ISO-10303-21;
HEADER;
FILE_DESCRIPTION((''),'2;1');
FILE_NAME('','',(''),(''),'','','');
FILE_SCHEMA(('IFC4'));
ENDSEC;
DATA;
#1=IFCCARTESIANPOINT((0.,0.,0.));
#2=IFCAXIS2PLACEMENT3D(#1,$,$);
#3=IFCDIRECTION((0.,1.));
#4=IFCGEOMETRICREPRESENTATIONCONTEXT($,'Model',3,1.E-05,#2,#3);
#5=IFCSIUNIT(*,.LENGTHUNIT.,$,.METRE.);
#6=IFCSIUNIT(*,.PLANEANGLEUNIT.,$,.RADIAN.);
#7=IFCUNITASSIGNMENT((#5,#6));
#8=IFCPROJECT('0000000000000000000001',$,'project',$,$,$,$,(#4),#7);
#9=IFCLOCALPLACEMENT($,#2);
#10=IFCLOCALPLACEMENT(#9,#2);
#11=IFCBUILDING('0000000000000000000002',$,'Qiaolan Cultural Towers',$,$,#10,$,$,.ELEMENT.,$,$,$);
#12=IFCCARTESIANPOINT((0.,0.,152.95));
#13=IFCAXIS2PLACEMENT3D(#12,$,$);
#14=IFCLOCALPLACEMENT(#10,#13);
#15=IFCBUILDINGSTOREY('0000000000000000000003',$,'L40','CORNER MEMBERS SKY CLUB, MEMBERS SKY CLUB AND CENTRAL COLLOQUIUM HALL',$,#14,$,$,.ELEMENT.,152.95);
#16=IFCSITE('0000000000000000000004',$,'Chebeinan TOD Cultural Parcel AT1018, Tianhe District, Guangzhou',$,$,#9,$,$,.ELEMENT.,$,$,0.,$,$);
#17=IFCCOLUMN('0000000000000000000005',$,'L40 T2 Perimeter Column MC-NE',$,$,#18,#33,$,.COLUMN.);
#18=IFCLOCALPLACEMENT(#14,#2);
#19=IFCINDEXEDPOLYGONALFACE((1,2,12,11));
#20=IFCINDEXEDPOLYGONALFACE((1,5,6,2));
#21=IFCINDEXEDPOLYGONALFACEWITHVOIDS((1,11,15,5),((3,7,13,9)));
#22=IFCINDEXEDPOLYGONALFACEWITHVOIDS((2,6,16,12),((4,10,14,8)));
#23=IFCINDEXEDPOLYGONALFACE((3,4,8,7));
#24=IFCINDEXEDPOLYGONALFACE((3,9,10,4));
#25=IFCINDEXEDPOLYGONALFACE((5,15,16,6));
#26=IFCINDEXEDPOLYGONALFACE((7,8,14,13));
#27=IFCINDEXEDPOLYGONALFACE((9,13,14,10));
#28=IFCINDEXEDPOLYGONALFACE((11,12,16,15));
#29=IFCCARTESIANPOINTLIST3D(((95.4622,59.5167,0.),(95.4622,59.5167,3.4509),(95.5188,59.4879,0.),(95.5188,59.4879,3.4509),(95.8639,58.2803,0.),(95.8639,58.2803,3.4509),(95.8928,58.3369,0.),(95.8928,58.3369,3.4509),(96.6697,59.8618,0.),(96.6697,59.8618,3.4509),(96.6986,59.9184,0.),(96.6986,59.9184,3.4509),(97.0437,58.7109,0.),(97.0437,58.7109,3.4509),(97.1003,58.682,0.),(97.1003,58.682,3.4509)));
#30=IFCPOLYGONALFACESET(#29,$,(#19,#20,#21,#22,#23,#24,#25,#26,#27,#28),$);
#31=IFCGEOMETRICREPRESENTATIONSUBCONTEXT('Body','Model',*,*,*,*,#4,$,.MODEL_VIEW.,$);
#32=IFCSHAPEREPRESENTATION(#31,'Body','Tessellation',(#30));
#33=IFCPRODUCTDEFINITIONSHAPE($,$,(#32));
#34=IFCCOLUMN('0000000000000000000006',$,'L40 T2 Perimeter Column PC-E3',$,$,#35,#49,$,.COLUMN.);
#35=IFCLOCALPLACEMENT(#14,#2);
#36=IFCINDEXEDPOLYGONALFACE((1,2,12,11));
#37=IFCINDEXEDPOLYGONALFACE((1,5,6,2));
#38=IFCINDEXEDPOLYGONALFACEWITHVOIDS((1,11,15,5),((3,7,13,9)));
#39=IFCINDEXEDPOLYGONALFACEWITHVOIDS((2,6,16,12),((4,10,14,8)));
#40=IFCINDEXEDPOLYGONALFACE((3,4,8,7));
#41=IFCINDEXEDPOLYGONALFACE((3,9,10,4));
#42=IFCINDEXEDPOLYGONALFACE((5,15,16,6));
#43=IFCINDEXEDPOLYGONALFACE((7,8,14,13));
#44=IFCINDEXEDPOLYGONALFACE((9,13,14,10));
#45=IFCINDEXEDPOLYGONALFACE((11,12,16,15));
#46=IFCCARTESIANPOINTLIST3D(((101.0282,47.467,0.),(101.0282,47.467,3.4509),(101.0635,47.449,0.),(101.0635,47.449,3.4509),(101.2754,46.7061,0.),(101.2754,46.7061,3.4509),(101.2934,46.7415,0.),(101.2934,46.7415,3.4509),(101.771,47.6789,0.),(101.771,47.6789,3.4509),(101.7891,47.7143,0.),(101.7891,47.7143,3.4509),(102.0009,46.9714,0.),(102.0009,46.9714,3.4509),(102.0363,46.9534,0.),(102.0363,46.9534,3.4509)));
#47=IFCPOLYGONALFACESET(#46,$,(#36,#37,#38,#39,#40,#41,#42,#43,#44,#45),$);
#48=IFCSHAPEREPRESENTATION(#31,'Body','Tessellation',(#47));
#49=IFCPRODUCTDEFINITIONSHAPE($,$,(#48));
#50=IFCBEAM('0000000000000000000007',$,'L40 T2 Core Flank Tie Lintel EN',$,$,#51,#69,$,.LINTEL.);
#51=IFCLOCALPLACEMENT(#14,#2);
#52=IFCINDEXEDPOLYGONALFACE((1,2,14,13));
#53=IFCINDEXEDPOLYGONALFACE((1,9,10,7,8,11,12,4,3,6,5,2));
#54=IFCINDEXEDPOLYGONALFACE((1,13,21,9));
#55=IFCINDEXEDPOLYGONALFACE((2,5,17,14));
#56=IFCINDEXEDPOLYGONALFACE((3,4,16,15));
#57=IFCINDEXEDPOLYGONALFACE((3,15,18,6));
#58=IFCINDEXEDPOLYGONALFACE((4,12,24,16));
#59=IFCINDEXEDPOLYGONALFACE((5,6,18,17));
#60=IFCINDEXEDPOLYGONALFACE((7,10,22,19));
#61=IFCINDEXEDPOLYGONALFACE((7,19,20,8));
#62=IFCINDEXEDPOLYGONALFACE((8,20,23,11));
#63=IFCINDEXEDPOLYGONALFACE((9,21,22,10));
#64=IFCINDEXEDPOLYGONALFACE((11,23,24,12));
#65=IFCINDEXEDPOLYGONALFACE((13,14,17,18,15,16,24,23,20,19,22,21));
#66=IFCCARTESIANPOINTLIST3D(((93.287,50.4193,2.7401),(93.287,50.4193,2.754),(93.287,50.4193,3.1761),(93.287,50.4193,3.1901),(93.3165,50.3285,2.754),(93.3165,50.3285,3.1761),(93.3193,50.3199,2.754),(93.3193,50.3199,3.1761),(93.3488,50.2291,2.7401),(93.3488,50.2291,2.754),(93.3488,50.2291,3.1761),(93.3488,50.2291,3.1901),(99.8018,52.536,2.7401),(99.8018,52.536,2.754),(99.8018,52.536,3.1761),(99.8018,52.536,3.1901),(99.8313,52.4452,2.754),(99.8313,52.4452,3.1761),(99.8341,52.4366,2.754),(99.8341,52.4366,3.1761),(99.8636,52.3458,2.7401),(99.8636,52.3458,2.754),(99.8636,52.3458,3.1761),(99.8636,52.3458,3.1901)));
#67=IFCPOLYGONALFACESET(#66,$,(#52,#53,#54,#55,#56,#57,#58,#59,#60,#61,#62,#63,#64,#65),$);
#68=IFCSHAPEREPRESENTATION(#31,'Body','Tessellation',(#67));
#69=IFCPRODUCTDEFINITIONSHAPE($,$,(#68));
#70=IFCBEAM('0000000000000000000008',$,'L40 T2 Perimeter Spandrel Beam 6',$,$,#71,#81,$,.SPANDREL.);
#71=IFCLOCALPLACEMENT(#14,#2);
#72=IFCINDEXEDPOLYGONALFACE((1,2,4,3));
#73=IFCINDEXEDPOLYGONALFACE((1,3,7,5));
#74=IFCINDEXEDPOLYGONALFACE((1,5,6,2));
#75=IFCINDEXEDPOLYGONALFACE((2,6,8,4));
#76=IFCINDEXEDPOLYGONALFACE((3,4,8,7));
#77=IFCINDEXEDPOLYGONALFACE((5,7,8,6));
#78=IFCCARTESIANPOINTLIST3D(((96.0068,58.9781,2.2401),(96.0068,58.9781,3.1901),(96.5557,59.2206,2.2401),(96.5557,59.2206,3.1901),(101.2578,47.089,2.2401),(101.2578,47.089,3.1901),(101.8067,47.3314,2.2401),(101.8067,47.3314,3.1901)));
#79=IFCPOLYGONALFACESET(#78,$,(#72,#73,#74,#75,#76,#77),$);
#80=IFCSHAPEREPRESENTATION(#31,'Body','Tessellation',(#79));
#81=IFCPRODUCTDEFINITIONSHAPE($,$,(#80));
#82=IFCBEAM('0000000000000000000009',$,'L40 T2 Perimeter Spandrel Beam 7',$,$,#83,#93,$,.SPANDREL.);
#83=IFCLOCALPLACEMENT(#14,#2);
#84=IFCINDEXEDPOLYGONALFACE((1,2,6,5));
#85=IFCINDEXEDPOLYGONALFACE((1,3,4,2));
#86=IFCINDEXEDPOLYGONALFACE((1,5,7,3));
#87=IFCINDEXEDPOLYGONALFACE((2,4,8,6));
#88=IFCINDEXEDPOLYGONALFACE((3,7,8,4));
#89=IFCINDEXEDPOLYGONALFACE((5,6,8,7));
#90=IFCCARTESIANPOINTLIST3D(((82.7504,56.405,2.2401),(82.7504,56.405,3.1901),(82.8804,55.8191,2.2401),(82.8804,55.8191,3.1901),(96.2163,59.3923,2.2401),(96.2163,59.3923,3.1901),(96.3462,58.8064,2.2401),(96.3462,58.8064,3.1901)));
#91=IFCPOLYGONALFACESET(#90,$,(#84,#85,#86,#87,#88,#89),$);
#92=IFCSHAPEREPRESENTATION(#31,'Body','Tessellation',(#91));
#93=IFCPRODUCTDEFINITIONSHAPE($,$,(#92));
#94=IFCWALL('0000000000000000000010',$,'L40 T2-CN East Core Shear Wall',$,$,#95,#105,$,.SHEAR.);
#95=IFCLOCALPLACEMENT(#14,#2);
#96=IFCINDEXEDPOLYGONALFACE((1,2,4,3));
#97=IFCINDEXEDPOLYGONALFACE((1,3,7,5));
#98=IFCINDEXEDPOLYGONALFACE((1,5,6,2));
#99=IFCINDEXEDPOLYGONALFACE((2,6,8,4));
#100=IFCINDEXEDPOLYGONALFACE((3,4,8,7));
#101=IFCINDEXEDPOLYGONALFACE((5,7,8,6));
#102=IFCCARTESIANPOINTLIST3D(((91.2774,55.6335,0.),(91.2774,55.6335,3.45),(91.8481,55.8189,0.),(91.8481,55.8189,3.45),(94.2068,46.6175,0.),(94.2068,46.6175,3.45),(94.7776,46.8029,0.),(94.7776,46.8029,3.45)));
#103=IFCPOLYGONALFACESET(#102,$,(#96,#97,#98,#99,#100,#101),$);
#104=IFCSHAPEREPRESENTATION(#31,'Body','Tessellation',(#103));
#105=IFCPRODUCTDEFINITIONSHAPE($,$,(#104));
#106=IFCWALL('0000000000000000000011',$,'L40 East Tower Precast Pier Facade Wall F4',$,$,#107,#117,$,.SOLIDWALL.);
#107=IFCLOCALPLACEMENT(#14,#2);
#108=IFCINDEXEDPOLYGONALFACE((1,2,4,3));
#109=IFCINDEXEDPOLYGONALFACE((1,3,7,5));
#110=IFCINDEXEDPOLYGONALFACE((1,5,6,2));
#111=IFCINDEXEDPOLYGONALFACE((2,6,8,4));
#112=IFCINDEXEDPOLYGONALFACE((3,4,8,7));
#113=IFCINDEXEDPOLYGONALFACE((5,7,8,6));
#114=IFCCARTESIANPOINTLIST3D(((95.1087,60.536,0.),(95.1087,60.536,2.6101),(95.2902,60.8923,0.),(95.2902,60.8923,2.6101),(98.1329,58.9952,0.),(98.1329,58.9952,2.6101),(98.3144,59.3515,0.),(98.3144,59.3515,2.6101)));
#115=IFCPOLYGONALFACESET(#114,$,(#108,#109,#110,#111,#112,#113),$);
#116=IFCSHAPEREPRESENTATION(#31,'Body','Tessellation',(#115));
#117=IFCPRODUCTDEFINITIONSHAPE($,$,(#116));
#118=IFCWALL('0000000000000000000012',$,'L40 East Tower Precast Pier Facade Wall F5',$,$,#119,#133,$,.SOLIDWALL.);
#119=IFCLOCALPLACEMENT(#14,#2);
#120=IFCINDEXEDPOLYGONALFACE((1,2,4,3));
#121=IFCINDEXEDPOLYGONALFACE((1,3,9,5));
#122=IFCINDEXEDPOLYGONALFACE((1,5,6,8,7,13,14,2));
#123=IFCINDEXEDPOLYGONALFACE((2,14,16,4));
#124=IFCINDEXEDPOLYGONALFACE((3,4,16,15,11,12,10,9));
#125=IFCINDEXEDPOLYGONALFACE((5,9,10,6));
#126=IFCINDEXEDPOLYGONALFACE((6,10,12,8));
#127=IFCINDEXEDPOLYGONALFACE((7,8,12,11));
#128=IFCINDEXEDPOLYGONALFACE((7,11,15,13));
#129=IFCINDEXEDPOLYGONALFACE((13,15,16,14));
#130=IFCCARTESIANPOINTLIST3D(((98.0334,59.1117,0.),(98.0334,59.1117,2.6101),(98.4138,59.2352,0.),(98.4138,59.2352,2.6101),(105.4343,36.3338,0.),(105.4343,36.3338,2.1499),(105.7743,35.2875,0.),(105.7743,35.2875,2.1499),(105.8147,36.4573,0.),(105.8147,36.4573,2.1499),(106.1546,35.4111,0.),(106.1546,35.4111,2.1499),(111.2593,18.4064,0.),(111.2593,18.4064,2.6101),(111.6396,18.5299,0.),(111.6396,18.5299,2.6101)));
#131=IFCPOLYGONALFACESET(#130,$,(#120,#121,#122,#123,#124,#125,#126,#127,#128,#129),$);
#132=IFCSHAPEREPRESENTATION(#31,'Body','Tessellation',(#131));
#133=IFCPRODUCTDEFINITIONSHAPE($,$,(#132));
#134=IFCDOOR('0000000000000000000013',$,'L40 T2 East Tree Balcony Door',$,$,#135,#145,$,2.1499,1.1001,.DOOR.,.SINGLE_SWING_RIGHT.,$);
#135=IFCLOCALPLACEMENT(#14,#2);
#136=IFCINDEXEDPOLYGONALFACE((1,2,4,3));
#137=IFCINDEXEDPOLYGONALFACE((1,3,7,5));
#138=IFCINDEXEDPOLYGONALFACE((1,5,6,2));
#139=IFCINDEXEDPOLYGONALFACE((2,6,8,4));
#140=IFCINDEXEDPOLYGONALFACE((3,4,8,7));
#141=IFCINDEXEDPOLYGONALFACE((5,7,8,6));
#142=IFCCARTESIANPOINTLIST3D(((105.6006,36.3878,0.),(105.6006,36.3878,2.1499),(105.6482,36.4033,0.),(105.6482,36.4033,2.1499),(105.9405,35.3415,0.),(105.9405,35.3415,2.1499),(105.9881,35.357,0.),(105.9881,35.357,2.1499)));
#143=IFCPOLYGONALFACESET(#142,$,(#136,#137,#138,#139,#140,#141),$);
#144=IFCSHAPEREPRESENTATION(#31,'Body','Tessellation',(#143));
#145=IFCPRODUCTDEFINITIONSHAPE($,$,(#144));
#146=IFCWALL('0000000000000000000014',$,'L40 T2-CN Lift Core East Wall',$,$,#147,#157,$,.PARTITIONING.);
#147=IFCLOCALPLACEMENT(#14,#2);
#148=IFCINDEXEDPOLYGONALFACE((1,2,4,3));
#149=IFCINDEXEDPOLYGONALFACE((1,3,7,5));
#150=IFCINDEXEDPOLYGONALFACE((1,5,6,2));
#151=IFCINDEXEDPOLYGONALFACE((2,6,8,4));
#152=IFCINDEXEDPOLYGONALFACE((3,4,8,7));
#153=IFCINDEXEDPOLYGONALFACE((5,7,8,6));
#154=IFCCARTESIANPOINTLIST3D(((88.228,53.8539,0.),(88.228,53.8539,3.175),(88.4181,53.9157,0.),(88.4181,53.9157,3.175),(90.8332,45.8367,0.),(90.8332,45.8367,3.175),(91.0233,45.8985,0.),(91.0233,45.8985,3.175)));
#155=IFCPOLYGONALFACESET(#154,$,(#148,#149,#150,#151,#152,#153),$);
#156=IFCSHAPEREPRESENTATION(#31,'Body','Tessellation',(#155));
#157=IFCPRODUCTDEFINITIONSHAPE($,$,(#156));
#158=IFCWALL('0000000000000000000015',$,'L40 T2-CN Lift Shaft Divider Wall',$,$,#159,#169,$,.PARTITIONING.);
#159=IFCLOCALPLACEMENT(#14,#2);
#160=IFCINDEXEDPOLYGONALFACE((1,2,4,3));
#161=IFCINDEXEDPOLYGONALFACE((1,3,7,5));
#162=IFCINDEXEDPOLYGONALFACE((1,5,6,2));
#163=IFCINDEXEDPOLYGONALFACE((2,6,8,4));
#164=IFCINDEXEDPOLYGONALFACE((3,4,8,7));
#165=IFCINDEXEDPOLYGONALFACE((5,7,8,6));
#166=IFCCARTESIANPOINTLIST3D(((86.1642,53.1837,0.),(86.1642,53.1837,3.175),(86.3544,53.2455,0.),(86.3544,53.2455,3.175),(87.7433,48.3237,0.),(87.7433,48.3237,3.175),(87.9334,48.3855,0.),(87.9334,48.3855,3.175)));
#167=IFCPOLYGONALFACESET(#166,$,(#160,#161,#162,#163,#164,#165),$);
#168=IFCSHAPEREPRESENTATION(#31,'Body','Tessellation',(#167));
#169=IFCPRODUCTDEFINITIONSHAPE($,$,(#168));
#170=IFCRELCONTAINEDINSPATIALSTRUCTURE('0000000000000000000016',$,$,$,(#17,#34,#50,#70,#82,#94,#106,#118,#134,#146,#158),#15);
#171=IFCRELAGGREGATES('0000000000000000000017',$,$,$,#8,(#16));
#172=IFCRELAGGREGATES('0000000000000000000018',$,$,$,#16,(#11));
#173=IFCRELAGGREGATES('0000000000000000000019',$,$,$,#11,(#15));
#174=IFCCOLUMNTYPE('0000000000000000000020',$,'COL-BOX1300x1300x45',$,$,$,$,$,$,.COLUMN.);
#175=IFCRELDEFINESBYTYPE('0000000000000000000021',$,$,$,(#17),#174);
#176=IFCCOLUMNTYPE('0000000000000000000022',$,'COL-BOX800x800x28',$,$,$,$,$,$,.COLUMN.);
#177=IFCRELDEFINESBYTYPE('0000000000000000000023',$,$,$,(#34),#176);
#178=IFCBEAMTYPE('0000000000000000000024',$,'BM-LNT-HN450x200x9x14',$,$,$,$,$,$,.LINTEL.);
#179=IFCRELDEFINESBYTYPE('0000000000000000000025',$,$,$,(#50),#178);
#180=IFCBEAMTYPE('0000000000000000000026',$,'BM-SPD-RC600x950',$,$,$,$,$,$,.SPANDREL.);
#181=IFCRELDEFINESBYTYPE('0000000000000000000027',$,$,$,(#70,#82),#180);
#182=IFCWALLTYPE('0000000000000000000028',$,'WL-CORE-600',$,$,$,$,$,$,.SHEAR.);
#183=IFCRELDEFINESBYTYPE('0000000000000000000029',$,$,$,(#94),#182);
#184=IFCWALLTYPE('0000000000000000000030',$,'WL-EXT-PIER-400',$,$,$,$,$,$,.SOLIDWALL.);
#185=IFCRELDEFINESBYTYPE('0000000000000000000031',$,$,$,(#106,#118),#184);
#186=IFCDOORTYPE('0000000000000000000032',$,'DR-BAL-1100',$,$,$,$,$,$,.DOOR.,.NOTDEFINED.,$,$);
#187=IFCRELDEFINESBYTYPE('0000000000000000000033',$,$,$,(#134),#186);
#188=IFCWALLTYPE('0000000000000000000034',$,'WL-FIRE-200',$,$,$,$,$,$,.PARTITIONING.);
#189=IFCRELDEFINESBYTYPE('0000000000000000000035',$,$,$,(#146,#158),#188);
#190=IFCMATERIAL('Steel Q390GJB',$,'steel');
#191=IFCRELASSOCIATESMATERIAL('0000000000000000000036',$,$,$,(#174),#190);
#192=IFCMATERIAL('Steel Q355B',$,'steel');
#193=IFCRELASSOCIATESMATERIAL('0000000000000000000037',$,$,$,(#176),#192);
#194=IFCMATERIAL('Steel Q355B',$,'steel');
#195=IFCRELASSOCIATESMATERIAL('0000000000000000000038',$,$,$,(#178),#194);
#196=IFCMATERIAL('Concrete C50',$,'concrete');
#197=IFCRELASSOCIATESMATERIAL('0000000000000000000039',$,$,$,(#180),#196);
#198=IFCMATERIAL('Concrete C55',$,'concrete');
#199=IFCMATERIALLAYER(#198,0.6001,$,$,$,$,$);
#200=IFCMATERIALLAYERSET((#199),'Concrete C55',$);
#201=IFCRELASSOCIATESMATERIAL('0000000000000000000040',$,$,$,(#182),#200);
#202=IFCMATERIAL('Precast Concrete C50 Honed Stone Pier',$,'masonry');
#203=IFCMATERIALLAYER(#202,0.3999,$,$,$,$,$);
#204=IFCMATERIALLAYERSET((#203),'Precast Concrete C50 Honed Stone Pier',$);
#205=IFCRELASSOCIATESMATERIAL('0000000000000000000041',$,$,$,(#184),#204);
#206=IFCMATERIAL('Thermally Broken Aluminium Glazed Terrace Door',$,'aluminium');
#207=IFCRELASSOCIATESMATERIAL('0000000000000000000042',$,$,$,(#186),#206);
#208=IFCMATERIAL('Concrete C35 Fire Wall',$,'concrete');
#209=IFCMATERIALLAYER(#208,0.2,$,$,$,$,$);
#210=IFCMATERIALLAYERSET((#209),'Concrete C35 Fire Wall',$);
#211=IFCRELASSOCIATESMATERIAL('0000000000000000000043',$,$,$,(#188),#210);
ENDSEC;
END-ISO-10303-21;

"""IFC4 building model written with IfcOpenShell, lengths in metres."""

from ifc_helpers import new_model, si_unit, direction, frame, frame_2d, origin, origin_2d, place, context, subcontext, project, spatial, rectangle, hollow_rectangle, i_section, extrude, material, layer, layer_set, material_profile, profile_set, type_object, element, fill, save


model = new_model("IFC4")

# Units and contexts
model_context = context("Model", 3, precision=1e-05, world=origin(), true_north=direction((0.0, 1.0)))
body_context = subcontext(model_context, "Body", "Model", "MODEL_VIEW")
ifc_project = project(units=[si_unit("LENGTHUNIT", "METRE"), si_unit("PLANEANGLEUNIT", "RADIAN")], contexts=[model_context])

# Site, building, storey
site_placement = place(None, origin())
site = spatial("IfcSite", under=ifc_project, at=site_placement, Name="Chebeinan TOD Cultural Parcel AT1018, Tianhe District, Guangzhou", CompositionType="ELEMENT", RefElevation=0.0)
building_placement = place(site_placement, origin())
building = spatial("IfcBuilding", under=site, at=building_placement, Name="Qiaolan Cultural Towers", CompositionType="ELEMENT")
storey_placement = place(building_placement, frame((0.0, 0.0, 152.95)))
storey = spatial("IfcBuildingStorey", under=building, at=storey_placement, Name="L40", Description="CORNER MEMBERS SKY CLUB, MEMBERS SKY CLUB AND CENTRAL COLLOQUIUM HALL", CompositionType="ELEMENT", Elevation=152.95)

# Columns
ifc_material_1 = material(Name="Steel Q390GJB", Category="steel")
ifc_material_profile_1 = material_profile(ifc_material_1, hollow_rectangle(XDim=1.3, YDim=1.3, WallThickness=0.0449, at=origin_2d()), Name="BOX1300x1300x45")
ifc_profile_set_1 = profile_set([ifc_material_profile_1], Name="Steel Q390GJB")
column_type_1 = type_object("IfcColumnType", Name="COL-BOX1300x1300x45", PredefinedType="COLUMN", material=ifc_profile_set_1)
column_1_placement = place(storey_placement, frame((96.2812, 59.0994, 0.0), z_axis=(0.0, 0.0, 1.0), x_axis=(0.951057, 0.309017, 0.0)))
element("IfcColumn", 1, at=column_1_placement, inside=storey, type_object=column_type_1, Name="L40 T2 Perimeter Column MC-NE", PredefinedType="COLUMN", context=body_context, shape_type="SweptSolid", body=[
    extrude(hollow_rectangle(XDim=1.3, YDim=1.3, WallThickness=0.0449, at=origin_2d()), origin(), (0.0, 0.0, 1.0), 3.4509),
])
ifc_material_2 = material(Name="Steel Q355B", Category="steel")
ifc_material_profile_2 = material_profile(ifc_material_2, hollow_rectangle(XDim=0.8, YDim=0.8, WallThickness=0.0281, at=origin_2d()), Name="BOX800x800x28")
ifc_profile_set_2 = profile_set([ifc_material_profile_2], Name="Steel Q355B")
column_type_2 = type_object("IfcColumnType", Name="COL-BOX800x800x28", PredefinedType="COLUMN", material=ifc_profile_set_2)
column_2_placement = place(storey_placement, frame((101.5322, 47.2102, 0.0), z_axis=(0.0, 0.0, 1.0), x_axis=(0.951057, 0.309017, 0.0)))
element("IfcColumn", 2, at=column_2_placement, inside=storey, type_object=column_type_2, Name="L40 T2 Perimeter Column PC-E3", PredefinedType="COLUMN", context=body_context, shape_type="SweptSolid", body=[
    extrude(hollow_rectangle(XDim=0.8, YDim=0.8, WallThickness=0.0281, at=origin_2d()), origin(), (0.0, 0.0, 1.0), 3.4509),
])

# Beams
ifc_material_3 = material(Name="Steel Q355B", Category="steel")
ifc_material_profile_3 = material_profile(ifc_material_3, i_section(OverallWidth=0.2, OverallDepth=0.45, WebThickness=0.009, FlangeThickness=0.0139, at=origin_2d()), Name="HN450x200x9x14")
ifc_profile_set_3 = profile_set([ifc_material_profile_3], Name="Steel Q355B")
beam_type_1 = type_object("IfcBeamType", Name="BM-LNT-HN450x200x9x14", PredefinedType="LINTEL", material=ifc_profile_set_3)
beam_1_placement = place(storey_placement, frame((93.3179, 50.3242, 2.9651), z_axis=(0.951062, 0.309001, 0.0), x_axis=(-0.309001, 0.951062, 0.0)))
element("IfcBeam", 3, at=beam_1_placement, inside=storey, type_object=beam_type_1, Name="L40 T2 Core Flank Tie Lintel EN", PredefinedType="LINTEL", context=body_context, shape_type="SweptSolid", body=[
    extrude(i_section(OverallWidth=0.2, OverallDepth=0.45, WebThickness=0.009, FlangeThickness=0.0139, at=origin_2d()), origin(), (0.0, 0.0, 1.0), 6.8501),
])
ifc_material_4 = material(Name="Concrete C50", Category="concrete")
ifc_material_profile_4 = material_profile(ifc_material_4, rectangle(XDim=0.6001, YDim=0.95, at=origin_2d()), Name="RC600x950")
ifc_profile_set_4 = profile_set([ifc_material_profile_4], Name="Concrete C50")
beam_type_2 = type_object("IfcBeamType", Name="BM-SPD-RC600x950", PredefinedType="SPANDREL", material=ifc_profile_set_4)
beam_2_placement = place(storey_placement, frame((101.5322, 47.2102, 2.7151), z_axis=(-0.404011, 0.914754, 0.0), x_axis=(-0.914754, -0.404011, 0.0)))
element("IfcBeam", 4, at=beam_2_placement, inside=storey, type_object=beam_type_2, Name="L40 T2 Perimeter Spandrel Beam 6", PredefinedType="SPANDREL", context=body_context, shape_type="SweptSolid", body=[
    extrude(rectangle(XDim=0.6001, YDim=0.95, at=origin_2d()), origin(), (0.0, 0.0, 1.0), 12.9971),
])
beam_3_placement = place(storey_placement, frame((96.2812, 59.0994, 2.7151), z_axis=(-0.976265, -0.216578, 0.0), x_axis=(0.216578, -0.976265, 0.0)))
element("IfcBeam", 5, at=beam_3_placement, inside=storey, type_object=beam_type_2, Name="L40 T2 Perimeter Spandrel Beam 7", PredefinedType="SPANDREL", context=body_context, shape_type="SweptSolid", body=[
    extrude(rectangle(XDim=0.6001, YDim=0.95, at=origin_2d()), origin(), (0.0, 0.0, 1.0), 13.7932),
])

# Walls
ifc_material_5 = material(Name="Concrete C55", Category="concrete")
ifc_layer_1 = layer(ifc_material_5, 0.6001)
ifc_layer_set_1 = layer_set([ifc_layer_1], Name="Concrete C55")
wall_type_1 = type_object("IfcWallType", Name="WL-CORE-600", PredefinedType="SHEAR", material=ifc_layer_set_1)
wall_1_placement = place(storey_placement, frame((94.4922, 46.7102, 0.0), z_axis=(0.0, 0.0, 1.0), x_axis=(-0.30901, 0.951059, 0.0)))
element("IfcWall", 6, at=wall_1_placement, inside=storey, type_object=wall_type_1, Name="L40 T2-CN East Core Shear Wall", PredefinedType="SHEAR", context=body_context, shape_type="SweptSolid", body=[
    extrude(rectangle(XDim=9.48, YDim=0.6001, at=frame_2d((4.74, 0.0))), origin(), (0.0, 0.0, 1.0), 3.45),
])
ifc_material_6 = material(Name="Precast Concrete C50 Honed Stone Pier", Category="masonry")
ifc_layer_2 = layer(ifc_material_6, 0.3999)
ifc_layer_set_2 = layer_set([ifc_layer_2], Name="Precast Concrete C50 Honed Stone Pier")
wall_type_2 = type_object("IfcWallType", Name="WL-EXT-PIER-400", PredefinedType="SOLIDWALL", material=ifc_layer_set_2)
wall_2_placement = place(storey_placement, frame((95.1995, 60.7141, 0.0), z_axis=(0.0, 0.0, 1.0), x_axis=(0.891021, -0.453962, 0.0)))
element("IfcWall", 7, at=wall_2_placement, inside=storey, type_object=wall_type_2, Name="L40 East Tower Precast Pier Facade Wall F4", PredefinedType="SOLIDWALL", context=body_context, shape_type="SweptSolid", body=[
    extrude(rectangle(XDim=3.394, YDim=0.3999, at=frame_2d((1.697, 0.0))), origin(), (0.0, 0.0, 1.0), 2.6101),
])

# Wall, opening, door
wall_3_placement = place(storey_placement, frame((98.2236, 59.1733, 0.0), z_axis=(0.0, 0.0, 1.0), x_axis=(0.309014, -0.951057, 0.0)))
wall_3 = element("IfcWall", 8, at=wall_3_placement, inside=storey, type_object=wall_type_2, Name="L40 East Tower Precast Pier Facade Wall F5", PredefinedType="SOLIDWALL", context=body_context, shape_type="SweptSolid", body=[
    extrude(rectangle(XDim=42.8, YDim=0.3999, at=frame_2d((21.3999, 0.0))), origin(), (0.0, 0.0, 1.0), 2.6101),
])
opening_1_placement = place(wall_3_placement, frame((23.95, 0.0, 0.0)))
opening_1 = element("IfcOpeningElement", 9, at=opening_1_placement, cuts=wall_3, PredefinedType="OPENING", context=body_context, shape_type="SweptSolid", body=[
    extrude(rectangle(XDim=1.1001, YDim=2.1499, at=frame_2d((0.55, 1.075))), frame((0.0, 0.21, 0.0), z_axis=(0.0, -1.0, 0.0), x_axis=(1.0, 0.0, 0.0)), (0.0, 0.0, 1.0), 0.4199),
])
ifc_material_7 = material(Name="Thermally Broken Aluminium Glazed Terrace Door", Category="aluminium")
door_type_1 = type_object("IfcDoorType", Name="DR-BAL-1100", OperationType="NOTDEFINED", PredefinedType="DOOR", material=ifc_material_7)
door_1_placement = place(opening_1_placement, origin())
door_1 = element("IfcDoor", 10, at=door_1_placement, inside=storey, type_object=door_type_1, Name="L40 T2 East Tree Balcony Door", OperationType="SINGLE_SWING_RIGHT", OverallHeight=2.1499, OverallWidth=1.1001, PredefinedType="DOOR", context=body_context, shape_type="SweptSolid", body=[
    extrude(rectangle(XDim=1.1001, YDim=2.1499, at=frame_2d((0.55, 1.075))), frame((0.0, 0.0249, 0.0), z_axis=(0.0, -1.0, 0.0), x_axis=(1.0, 0.0, 0.0)), (0.0, 0.0, 1.0), 0.05),
])
fill(opening_1, door_1)

# Walls
ifc_material_8 = material(Name="Concrete C35 Fire Wall", Category="concrete")
ifc_layer_3 = layer(ifc_material_8, 0.2)
ifc_layer_set_3 = layer_set([ifc_layer_3], Name="Concrete C35 Fire Wall")
wall_type_3 = type_object("IfcWallType", Name="WL-FIRE-200", PredefinedType="PARTITIONING", material=ifc_layer_set_3)
wall_4_placement = place(storey_placement, frame((90.9282, 45.8677, 0.0), z_axis=(0.0, 0.0, 1.0), x_axis=(-0.309042, 0.951048, 0.0)))
element("IfcWall", 11, at=wall_4_placement, inside=storey, type_object=wall_type_3, Name="L40 T2-CN Lift Core East Wall", PredefinedType="PARTITIONING", context=body_context, shape_type="SweptSolid", body=[
    extrude(rectangle(XDim=8.4299, YDim=0.2, at=frame_2d((4.2148, 0.0))), origin(), (0.0, 0.0, 1.0), 3.175),
])
wall_5_placement = place(storey_placement, frame((87.8384, 48.3545, 0.0), z_axis=(0.0, 0.0, 1.0), x_axis=(-0.309009, 0.951059, 0.0)))
element("IfcWall", 12, at=wall_5_placement, inside=storey, type_object=wall_type_3, Name="L40 T2-CN Lift Shaft Divider Wall", PredefinedType="PARTITIONING", context=body_context, shape_type="SweptSolid", body=[
    extrude(rectangle(XDim=5.1101, YDim=0.2, at=frame_2d((2.5552, 0.0))), origin(), (0.0, 0.0, 1.0), 3.175),
])

save(model, "model.ifc")
